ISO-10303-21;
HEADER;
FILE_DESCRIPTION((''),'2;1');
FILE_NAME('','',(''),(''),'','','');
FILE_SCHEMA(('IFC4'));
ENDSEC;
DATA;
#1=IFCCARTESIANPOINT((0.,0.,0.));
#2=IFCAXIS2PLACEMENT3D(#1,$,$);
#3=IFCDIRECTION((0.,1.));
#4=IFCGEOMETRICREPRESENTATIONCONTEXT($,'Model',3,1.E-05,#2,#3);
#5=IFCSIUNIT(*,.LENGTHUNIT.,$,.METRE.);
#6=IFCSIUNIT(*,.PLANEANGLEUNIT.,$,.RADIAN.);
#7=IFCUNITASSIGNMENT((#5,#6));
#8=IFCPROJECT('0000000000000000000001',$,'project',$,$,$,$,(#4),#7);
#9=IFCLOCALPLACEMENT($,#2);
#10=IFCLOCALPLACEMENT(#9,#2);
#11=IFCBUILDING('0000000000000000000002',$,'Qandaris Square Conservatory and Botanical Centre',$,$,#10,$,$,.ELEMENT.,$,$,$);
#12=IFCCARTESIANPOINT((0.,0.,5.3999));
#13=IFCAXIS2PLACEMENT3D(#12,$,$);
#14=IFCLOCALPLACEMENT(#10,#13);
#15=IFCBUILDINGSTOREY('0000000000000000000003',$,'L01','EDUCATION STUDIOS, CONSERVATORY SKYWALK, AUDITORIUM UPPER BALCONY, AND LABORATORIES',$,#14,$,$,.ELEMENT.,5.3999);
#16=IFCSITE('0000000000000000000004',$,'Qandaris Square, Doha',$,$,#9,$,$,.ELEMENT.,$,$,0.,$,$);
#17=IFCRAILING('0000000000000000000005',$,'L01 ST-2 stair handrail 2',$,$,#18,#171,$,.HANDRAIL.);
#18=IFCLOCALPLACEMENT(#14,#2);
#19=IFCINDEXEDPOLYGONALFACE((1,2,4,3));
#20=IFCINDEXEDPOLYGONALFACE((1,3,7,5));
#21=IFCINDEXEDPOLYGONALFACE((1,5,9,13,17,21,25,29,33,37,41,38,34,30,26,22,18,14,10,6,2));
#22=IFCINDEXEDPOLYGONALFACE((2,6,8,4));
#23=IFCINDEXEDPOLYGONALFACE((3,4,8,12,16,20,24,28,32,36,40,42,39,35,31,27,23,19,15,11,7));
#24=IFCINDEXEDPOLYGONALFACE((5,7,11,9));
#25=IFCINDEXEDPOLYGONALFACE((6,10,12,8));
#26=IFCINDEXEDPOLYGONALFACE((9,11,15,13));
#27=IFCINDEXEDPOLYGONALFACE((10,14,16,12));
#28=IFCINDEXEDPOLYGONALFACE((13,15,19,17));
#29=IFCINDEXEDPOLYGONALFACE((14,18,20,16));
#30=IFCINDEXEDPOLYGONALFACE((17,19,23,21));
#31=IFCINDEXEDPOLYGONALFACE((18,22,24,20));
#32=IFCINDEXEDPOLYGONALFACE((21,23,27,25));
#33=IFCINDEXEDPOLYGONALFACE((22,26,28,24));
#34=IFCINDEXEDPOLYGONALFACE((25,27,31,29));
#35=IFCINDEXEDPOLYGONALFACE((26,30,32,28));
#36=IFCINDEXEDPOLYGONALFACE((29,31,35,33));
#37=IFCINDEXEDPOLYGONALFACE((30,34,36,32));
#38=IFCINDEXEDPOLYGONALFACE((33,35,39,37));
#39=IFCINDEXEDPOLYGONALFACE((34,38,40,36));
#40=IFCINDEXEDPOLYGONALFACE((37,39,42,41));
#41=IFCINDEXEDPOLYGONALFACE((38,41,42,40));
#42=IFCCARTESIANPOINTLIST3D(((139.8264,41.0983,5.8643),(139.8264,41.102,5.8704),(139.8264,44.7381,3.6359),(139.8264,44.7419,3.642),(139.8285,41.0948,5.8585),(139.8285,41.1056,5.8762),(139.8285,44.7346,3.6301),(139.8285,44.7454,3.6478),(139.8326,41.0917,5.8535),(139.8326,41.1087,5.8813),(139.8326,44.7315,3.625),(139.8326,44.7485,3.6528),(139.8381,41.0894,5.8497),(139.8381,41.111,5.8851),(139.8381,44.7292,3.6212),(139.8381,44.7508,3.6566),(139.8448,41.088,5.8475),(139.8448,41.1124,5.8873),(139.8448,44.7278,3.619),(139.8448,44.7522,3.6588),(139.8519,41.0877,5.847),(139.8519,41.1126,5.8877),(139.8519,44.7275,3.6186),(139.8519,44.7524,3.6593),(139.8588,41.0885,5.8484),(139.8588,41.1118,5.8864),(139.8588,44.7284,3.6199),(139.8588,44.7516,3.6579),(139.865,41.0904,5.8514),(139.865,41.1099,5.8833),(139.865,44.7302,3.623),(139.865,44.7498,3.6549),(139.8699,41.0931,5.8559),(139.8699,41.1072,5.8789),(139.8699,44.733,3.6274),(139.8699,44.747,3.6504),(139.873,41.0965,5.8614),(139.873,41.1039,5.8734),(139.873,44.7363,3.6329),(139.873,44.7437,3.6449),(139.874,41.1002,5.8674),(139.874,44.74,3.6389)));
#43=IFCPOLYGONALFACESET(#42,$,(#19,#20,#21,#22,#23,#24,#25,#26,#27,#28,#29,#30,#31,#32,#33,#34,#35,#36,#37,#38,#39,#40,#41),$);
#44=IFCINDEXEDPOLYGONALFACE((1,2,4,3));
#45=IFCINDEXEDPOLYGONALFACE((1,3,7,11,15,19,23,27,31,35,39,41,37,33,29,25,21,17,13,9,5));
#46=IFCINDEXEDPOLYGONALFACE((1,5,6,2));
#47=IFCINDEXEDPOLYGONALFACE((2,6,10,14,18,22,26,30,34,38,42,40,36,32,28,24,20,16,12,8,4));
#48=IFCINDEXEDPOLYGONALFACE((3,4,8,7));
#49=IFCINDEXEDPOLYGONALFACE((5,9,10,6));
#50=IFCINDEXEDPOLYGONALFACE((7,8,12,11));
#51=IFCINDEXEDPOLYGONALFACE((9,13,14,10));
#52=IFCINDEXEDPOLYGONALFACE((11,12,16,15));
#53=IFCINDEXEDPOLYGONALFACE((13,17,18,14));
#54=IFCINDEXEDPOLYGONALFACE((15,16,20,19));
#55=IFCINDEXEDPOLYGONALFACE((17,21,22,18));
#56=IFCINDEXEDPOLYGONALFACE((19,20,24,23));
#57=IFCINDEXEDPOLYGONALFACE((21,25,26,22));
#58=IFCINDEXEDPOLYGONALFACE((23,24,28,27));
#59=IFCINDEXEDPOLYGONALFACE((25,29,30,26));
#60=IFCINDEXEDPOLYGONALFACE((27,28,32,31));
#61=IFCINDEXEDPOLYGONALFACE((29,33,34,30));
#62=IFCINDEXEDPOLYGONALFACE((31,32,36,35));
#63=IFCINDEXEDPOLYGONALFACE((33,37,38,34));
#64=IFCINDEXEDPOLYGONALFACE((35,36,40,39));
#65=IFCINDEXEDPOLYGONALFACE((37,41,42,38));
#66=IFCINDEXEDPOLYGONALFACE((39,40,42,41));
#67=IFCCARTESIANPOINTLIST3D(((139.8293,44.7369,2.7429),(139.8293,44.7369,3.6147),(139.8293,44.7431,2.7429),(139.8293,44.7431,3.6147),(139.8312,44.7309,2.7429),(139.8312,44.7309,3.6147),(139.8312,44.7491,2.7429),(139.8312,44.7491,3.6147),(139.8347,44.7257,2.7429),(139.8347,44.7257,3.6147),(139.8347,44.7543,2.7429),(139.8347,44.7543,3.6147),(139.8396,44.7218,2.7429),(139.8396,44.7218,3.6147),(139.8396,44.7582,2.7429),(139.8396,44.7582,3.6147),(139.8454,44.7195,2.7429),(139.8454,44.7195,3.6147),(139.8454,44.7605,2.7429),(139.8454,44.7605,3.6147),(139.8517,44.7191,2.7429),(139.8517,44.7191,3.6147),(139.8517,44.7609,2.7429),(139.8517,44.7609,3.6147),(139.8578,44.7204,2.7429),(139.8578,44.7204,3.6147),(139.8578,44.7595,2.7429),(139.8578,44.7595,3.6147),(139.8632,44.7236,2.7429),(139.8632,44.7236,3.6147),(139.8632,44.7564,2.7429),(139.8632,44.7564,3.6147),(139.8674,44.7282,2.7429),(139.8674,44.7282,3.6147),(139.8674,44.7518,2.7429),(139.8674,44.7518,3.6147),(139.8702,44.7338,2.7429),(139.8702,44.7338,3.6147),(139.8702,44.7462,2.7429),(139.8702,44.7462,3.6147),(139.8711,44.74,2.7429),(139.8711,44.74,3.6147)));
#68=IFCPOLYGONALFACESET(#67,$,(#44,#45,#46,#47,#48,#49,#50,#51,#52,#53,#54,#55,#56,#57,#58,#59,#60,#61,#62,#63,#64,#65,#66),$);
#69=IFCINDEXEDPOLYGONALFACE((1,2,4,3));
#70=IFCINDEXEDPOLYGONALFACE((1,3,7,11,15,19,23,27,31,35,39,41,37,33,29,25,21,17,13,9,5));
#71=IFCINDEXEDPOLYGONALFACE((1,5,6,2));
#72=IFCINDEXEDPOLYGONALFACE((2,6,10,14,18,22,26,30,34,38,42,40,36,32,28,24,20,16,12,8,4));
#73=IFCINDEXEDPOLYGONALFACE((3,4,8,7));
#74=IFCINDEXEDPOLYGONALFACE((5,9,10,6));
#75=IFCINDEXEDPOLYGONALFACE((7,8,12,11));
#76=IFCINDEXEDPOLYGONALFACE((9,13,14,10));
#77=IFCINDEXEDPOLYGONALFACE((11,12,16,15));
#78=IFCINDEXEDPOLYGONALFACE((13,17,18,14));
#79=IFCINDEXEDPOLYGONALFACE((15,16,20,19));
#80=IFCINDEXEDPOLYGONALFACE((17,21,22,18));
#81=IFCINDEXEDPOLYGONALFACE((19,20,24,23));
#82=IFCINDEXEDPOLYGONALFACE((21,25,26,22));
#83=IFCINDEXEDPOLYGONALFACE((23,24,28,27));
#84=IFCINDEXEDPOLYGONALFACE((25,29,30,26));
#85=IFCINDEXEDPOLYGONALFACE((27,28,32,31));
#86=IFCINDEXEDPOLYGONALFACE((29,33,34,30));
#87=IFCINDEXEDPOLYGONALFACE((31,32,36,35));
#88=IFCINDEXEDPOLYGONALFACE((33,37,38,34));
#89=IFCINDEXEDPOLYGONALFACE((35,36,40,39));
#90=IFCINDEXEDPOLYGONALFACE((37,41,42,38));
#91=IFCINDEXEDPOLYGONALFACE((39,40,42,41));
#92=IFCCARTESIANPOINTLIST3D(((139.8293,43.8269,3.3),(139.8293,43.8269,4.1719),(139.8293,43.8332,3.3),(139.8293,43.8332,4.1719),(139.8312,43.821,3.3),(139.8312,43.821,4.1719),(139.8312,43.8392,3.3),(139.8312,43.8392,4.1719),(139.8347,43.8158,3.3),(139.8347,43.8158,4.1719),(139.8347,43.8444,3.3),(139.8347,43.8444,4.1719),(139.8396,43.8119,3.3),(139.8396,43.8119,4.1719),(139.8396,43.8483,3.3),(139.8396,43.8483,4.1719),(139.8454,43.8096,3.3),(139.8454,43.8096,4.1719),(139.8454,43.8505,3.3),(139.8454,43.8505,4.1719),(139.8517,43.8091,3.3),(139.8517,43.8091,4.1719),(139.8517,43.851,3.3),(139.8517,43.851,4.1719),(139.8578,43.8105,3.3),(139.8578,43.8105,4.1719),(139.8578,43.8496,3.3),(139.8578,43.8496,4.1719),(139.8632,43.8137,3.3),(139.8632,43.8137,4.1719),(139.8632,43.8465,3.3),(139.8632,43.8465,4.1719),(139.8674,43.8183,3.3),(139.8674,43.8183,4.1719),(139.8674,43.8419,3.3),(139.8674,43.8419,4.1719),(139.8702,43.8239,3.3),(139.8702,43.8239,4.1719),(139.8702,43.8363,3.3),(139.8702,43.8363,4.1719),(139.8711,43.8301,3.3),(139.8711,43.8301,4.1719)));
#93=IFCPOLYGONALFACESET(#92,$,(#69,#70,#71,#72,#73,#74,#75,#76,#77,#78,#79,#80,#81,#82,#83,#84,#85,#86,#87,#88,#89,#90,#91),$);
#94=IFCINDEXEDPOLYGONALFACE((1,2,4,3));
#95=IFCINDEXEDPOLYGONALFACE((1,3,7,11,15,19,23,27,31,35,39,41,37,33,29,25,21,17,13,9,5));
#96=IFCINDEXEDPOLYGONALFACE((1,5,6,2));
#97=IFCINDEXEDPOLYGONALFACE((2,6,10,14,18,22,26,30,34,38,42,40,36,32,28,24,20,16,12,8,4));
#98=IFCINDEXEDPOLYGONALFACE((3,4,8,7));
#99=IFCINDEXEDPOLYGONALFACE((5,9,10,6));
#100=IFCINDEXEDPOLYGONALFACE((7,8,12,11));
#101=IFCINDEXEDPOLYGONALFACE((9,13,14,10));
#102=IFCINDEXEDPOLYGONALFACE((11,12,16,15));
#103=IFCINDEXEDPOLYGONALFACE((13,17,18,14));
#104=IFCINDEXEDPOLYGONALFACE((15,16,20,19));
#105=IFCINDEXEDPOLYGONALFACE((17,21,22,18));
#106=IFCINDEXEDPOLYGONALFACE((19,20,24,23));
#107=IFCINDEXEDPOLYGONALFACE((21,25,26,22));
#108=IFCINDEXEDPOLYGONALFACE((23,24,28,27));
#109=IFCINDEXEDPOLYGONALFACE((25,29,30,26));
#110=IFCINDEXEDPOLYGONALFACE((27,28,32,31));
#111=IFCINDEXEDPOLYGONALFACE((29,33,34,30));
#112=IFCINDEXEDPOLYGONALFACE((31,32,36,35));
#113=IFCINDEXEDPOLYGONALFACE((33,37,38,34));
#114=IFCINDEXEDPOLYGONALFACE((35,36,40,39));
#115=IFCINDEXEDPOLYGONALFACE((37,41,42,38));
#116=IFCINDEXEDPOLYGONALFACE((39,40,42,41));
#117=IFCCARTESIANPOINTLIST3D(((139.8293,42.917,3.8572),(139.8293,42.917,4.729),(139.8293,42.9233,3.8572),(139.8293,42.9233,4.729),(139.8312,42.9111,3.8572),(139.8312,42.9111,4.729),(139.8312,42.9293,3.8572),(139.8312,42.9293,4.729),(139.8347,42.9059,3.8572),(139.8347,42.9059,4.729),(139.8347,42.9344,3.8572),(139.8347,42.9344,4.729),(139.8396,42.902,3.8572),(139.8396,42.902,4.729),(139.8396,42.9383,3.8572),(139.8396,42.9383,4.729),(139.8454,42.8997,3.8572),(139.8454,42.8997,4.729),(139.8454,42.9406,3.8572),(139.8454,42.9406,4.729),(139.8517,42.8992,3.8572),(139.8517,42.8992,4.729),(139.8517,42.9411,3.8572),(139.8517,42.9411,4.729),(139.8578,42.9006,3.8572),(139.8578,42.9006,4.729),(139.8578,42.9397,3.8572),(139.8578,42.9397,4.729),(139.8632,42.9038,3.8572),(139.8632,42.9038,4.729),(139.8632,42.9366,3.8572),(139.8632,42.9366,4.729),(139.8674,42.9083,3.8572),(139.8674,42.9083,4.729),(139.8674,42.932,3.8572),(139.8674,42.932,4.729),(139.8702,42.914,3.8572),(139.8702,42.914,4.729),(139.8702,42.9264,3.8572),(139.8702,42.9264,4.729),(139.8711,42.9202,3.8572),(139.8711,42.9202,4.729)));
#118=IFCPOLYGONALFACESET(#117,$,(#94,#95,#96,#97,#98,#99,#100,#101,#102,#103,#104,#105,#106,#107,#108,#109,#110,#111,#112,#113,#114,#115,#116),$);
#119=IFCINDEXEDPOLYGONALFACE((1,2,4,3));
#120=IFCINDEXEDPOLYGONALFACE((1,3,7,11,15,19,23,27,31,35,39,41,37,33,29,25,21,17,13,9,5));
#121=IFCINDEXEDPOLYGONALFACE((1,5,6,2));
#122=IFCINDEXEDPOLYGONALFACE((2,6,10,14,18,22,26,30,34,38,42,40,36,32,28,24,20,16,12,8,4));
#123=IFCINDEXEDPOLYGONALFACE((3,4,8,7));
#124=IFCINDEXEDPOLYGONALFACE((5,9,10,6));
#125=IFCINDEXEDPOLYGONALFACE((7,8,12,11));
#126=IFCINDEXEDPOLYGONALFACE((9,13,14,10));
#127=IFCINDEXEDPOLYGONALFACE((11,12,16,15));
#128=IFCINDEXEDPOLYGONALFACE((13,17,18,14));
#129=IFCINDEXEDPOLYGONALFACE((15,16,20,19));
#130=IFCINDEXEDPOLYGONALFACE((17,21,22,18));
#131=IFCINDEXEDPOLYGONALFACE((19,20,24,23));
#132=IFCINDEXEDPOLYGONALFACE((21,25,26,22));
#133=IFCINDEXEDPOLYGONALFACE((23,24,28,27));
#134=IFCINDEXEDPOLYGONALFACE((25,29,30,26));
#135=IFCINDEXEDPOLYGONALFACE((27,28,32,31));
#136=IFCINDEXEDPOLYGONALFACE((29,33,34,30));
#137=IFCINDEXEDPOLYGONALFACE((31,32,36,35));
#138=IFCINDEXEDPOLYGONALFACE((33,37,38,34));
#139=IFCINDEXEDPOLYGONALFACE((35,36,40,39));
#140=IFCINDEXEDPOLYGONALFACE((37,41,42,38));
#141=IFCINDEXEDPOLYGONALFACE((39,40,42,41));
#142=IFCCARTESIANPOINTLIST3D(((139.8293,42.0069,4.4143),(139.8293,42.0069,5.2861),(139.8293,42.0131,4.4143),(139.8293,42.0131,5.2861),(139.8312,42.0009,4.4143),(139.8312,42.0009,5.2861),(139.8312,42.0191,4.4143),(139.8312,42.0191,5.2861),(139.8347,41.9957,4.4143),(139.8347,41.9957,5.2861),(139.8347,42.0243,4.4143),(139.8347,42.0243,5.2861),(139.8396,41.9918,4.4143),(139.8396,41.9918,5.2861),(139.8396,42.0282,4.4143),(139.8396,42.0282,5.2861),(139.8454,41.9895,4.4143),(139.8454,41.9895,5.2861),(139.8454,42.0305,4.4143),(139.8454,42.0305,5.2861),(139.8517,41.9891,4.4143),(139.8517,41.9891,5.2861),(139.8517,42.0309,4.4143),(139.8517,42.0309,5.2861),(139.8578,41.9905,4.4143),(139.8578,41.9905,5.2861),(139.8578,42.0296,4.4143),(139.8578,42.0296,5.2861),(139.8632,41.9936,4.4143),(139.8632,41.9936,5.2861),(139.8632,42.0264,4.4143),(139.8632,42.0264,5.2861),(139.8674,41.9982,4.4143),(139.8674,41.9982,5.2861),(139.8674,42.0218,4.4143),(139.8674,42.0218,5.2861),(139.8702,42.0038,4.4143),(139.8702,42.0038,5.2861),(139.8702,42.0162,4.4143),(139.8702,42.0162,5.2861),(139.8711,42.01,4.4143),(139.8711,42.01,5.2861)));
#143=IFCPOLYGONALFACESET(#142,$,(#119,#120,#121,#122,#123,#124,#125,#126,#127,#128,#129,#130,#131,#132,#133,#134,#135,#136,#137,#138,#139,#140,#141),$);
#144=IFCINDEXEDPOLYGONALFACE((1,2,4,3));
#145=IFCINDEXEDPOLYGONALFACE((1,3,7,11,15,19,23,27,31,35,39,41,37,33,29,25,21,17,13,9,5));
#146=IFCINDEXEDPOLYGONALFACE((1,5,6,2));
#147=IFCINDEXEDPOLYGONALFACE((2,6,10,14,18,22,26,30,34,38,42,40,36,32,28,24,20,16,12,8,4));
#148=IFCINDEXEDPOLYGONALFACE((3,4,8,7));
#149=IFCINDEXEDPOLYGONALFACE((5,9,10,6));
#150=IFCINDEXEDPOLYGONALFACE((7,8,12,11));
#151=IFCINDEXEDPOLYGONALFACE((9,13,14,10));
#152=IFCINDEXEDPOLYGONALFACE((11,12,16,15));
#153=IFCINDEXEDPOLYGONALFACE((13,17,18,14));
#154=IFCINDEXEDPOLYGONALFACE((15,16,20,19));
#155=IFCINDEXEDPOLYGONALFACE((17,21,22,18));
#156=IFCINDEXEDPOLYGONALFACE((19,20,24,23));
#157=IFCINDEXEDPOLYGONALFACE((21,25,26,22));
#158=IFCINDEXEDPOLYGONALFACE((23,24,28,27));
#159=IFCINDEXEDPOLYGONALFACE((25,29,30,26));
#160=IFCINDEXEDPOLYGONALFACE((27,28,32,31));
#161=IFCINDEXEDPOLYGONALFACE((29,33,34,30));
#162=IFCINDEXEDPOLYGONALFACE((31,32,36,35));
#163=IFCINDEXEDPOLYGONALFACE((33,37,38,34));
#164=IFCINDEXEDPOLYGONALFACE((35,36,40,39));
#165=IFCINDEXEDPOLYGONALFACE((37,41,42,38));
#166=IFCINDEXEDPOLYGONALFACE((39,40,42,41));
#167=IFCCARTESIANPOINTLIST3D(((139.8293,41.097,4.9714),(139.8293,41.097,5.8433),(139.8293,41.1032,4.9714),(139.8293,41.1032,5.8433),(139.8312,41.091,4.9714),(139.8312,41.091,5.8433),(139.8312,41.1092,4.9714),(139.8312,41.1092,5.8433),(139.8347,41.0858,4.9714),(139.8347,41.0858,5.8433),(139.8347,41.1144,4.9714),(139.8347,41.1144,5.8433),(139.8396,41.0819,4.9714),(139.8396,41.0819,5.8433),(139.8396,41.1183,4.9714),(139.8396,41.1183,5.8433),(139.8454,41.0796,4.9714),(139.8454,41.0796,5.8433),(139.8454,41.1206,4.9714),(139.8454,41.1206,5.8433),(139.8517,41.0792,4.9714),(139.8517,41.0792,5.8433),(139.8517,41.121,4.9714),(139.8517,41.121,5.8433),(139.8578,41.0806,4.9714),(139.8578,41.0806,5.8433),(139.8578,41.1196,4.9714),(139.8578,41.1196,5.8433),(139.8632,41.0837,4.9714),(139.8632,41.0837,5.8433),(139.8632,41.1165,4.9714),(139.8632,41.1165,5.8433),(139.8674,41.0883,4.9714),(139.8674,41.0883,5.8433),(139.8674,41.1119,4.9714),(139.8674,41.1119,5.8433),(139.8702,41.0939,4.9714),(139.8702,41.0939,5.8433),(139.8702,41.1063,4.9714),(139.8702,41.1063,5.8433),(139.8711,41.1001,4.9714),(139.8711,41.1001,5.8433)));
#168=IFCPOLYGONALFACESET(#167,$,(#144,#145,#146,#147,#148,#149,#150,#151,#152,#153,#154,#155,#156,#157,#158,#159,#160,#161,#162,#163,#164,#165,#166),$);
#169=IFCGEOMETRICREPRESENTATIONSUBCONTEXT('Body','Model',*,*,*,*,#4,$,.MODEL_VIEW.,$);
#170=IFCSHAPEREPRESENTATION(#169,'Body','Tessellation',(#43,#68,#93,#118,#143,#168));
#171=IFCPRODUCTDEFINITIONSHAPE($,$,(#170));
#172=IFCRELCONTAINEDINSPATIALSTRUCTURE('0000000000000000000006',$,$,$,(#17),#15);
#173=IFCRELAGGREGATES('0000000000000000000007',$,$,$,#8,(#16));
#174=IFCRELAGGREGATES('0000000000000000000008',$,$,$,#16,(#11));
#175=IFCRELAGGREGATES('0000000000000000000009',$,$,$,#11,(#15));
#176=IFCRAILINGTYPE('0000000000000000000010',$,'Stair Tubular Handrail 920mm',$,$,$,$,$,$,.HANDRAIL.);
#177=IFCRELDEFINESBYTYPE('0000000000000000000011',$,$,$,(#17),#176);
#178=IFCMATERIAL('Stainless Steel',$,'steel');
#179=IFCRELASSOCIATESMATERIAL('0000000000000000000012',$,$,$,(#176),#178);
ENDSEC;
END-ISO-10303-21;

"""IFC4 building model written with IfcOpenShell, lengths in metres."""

from ifc_helpers import new_model, si_unit, direction, frame, origin, origin_2d, place, context, subcontext, project, spatial, circle, extrude, material, type_object, element, save


model = new_model("IFC4")

# Units and contexts
model_context = context("Model", 3, precision=1e-05, world=origin(), true_north=direction((0.0, 1.0)))
body_context = subcontext(model_context, "Body", "Model", "MODEL_VIEW")
ifc_project = project(units=[si_unit("LENGTHUNIT", "METRE"), si_unit("PLANEANGLEUNIT", "RADIAN")], contexts=[model_context])

# Site, building, storey
site_placement = place(None, origin())
site = spatial("IfcSite", under=ifc_project, at=site_placement, Name="Qandaris Square, Doha", CompositionType="ELEMENT", RefElevation=0.0)
building_placement = place(site_placement, origin())
building = spatial("IfcBuilding", under=site, at=building_placement, Name="Qandaris Square Conservatory and Botanical Centre", CompositionType="ELEMENT")
storey_placement = place(building_placement, frame((0.0, 0.0, 5.3999)))
storey = spatial("IfcBuildingStorey", under=building, at=storey_placement, Name="L01", Description="EDUCATION STUDIOS, CONSERVATORY SKYWALK, AUDITORIUM UPPER BALCONY, AND LABORATORIES", CompositionType="ELEMENT", Elevation=5.3999)

# Railing
ifc_material_1 = material(Name="Stainless Steel", Category="steel")
railing_type_1 = type_object("IfcRailingType", Name="Stair Tubular Handrail 920mm", PredefinedType="HANDRAIL", material=ifc_material_1)
railing_1_placement = place(storey_placement, frame((139.8501, 44.74, 2.7429)))
element("IfcRailing", 1, at=railing_1_placement, inside=storey, type_object=railing_type_1, Name="L01 ST-2 stair handrail 2", PredefinedType="HANDRAIL", context=body_context, shape_type="SweptSolid", body=[
    extrude(circle(Radius=0.0239, at=origin_2d()), frame((0.0, 0.0, 0.896), z_axis=(0.0, -0.85285, 0.522156), x_axis=(1.0, 0.0, 0.0)), (0.0, 0.0, 1.0), 4.2678),
    extrude(circle(Radius=0.021, at=origin_2d()), origin(), (0.0, 0.0, 1.0), 0.8718),
    extrude(circle(Radius=0.021, at=origin_2d()), frame((0.0, -0.9099, 0.5571)), (0.0, 0.0, 1.0), 0.8718),
    extrude(circle(Radius=0.021, at=origin_2d()), frame((0.0, -1.8198, 1.1143)), (0.0, 0.0, 1.0), 0.8718),
    extrude(circle(Radius=0.021, at=origin_2d()), frame((0.0, -2.73, 1.6714)), (0.0, 0.0, 1.0), 0.8718),
    extrude(circle(Radius=0.021, at=origin_2d()), frame((0.0, -3.6399, 2.2285)), (0.0, 0.0, 1.0), 0.8718),
])

save(model, "model.ifc")
